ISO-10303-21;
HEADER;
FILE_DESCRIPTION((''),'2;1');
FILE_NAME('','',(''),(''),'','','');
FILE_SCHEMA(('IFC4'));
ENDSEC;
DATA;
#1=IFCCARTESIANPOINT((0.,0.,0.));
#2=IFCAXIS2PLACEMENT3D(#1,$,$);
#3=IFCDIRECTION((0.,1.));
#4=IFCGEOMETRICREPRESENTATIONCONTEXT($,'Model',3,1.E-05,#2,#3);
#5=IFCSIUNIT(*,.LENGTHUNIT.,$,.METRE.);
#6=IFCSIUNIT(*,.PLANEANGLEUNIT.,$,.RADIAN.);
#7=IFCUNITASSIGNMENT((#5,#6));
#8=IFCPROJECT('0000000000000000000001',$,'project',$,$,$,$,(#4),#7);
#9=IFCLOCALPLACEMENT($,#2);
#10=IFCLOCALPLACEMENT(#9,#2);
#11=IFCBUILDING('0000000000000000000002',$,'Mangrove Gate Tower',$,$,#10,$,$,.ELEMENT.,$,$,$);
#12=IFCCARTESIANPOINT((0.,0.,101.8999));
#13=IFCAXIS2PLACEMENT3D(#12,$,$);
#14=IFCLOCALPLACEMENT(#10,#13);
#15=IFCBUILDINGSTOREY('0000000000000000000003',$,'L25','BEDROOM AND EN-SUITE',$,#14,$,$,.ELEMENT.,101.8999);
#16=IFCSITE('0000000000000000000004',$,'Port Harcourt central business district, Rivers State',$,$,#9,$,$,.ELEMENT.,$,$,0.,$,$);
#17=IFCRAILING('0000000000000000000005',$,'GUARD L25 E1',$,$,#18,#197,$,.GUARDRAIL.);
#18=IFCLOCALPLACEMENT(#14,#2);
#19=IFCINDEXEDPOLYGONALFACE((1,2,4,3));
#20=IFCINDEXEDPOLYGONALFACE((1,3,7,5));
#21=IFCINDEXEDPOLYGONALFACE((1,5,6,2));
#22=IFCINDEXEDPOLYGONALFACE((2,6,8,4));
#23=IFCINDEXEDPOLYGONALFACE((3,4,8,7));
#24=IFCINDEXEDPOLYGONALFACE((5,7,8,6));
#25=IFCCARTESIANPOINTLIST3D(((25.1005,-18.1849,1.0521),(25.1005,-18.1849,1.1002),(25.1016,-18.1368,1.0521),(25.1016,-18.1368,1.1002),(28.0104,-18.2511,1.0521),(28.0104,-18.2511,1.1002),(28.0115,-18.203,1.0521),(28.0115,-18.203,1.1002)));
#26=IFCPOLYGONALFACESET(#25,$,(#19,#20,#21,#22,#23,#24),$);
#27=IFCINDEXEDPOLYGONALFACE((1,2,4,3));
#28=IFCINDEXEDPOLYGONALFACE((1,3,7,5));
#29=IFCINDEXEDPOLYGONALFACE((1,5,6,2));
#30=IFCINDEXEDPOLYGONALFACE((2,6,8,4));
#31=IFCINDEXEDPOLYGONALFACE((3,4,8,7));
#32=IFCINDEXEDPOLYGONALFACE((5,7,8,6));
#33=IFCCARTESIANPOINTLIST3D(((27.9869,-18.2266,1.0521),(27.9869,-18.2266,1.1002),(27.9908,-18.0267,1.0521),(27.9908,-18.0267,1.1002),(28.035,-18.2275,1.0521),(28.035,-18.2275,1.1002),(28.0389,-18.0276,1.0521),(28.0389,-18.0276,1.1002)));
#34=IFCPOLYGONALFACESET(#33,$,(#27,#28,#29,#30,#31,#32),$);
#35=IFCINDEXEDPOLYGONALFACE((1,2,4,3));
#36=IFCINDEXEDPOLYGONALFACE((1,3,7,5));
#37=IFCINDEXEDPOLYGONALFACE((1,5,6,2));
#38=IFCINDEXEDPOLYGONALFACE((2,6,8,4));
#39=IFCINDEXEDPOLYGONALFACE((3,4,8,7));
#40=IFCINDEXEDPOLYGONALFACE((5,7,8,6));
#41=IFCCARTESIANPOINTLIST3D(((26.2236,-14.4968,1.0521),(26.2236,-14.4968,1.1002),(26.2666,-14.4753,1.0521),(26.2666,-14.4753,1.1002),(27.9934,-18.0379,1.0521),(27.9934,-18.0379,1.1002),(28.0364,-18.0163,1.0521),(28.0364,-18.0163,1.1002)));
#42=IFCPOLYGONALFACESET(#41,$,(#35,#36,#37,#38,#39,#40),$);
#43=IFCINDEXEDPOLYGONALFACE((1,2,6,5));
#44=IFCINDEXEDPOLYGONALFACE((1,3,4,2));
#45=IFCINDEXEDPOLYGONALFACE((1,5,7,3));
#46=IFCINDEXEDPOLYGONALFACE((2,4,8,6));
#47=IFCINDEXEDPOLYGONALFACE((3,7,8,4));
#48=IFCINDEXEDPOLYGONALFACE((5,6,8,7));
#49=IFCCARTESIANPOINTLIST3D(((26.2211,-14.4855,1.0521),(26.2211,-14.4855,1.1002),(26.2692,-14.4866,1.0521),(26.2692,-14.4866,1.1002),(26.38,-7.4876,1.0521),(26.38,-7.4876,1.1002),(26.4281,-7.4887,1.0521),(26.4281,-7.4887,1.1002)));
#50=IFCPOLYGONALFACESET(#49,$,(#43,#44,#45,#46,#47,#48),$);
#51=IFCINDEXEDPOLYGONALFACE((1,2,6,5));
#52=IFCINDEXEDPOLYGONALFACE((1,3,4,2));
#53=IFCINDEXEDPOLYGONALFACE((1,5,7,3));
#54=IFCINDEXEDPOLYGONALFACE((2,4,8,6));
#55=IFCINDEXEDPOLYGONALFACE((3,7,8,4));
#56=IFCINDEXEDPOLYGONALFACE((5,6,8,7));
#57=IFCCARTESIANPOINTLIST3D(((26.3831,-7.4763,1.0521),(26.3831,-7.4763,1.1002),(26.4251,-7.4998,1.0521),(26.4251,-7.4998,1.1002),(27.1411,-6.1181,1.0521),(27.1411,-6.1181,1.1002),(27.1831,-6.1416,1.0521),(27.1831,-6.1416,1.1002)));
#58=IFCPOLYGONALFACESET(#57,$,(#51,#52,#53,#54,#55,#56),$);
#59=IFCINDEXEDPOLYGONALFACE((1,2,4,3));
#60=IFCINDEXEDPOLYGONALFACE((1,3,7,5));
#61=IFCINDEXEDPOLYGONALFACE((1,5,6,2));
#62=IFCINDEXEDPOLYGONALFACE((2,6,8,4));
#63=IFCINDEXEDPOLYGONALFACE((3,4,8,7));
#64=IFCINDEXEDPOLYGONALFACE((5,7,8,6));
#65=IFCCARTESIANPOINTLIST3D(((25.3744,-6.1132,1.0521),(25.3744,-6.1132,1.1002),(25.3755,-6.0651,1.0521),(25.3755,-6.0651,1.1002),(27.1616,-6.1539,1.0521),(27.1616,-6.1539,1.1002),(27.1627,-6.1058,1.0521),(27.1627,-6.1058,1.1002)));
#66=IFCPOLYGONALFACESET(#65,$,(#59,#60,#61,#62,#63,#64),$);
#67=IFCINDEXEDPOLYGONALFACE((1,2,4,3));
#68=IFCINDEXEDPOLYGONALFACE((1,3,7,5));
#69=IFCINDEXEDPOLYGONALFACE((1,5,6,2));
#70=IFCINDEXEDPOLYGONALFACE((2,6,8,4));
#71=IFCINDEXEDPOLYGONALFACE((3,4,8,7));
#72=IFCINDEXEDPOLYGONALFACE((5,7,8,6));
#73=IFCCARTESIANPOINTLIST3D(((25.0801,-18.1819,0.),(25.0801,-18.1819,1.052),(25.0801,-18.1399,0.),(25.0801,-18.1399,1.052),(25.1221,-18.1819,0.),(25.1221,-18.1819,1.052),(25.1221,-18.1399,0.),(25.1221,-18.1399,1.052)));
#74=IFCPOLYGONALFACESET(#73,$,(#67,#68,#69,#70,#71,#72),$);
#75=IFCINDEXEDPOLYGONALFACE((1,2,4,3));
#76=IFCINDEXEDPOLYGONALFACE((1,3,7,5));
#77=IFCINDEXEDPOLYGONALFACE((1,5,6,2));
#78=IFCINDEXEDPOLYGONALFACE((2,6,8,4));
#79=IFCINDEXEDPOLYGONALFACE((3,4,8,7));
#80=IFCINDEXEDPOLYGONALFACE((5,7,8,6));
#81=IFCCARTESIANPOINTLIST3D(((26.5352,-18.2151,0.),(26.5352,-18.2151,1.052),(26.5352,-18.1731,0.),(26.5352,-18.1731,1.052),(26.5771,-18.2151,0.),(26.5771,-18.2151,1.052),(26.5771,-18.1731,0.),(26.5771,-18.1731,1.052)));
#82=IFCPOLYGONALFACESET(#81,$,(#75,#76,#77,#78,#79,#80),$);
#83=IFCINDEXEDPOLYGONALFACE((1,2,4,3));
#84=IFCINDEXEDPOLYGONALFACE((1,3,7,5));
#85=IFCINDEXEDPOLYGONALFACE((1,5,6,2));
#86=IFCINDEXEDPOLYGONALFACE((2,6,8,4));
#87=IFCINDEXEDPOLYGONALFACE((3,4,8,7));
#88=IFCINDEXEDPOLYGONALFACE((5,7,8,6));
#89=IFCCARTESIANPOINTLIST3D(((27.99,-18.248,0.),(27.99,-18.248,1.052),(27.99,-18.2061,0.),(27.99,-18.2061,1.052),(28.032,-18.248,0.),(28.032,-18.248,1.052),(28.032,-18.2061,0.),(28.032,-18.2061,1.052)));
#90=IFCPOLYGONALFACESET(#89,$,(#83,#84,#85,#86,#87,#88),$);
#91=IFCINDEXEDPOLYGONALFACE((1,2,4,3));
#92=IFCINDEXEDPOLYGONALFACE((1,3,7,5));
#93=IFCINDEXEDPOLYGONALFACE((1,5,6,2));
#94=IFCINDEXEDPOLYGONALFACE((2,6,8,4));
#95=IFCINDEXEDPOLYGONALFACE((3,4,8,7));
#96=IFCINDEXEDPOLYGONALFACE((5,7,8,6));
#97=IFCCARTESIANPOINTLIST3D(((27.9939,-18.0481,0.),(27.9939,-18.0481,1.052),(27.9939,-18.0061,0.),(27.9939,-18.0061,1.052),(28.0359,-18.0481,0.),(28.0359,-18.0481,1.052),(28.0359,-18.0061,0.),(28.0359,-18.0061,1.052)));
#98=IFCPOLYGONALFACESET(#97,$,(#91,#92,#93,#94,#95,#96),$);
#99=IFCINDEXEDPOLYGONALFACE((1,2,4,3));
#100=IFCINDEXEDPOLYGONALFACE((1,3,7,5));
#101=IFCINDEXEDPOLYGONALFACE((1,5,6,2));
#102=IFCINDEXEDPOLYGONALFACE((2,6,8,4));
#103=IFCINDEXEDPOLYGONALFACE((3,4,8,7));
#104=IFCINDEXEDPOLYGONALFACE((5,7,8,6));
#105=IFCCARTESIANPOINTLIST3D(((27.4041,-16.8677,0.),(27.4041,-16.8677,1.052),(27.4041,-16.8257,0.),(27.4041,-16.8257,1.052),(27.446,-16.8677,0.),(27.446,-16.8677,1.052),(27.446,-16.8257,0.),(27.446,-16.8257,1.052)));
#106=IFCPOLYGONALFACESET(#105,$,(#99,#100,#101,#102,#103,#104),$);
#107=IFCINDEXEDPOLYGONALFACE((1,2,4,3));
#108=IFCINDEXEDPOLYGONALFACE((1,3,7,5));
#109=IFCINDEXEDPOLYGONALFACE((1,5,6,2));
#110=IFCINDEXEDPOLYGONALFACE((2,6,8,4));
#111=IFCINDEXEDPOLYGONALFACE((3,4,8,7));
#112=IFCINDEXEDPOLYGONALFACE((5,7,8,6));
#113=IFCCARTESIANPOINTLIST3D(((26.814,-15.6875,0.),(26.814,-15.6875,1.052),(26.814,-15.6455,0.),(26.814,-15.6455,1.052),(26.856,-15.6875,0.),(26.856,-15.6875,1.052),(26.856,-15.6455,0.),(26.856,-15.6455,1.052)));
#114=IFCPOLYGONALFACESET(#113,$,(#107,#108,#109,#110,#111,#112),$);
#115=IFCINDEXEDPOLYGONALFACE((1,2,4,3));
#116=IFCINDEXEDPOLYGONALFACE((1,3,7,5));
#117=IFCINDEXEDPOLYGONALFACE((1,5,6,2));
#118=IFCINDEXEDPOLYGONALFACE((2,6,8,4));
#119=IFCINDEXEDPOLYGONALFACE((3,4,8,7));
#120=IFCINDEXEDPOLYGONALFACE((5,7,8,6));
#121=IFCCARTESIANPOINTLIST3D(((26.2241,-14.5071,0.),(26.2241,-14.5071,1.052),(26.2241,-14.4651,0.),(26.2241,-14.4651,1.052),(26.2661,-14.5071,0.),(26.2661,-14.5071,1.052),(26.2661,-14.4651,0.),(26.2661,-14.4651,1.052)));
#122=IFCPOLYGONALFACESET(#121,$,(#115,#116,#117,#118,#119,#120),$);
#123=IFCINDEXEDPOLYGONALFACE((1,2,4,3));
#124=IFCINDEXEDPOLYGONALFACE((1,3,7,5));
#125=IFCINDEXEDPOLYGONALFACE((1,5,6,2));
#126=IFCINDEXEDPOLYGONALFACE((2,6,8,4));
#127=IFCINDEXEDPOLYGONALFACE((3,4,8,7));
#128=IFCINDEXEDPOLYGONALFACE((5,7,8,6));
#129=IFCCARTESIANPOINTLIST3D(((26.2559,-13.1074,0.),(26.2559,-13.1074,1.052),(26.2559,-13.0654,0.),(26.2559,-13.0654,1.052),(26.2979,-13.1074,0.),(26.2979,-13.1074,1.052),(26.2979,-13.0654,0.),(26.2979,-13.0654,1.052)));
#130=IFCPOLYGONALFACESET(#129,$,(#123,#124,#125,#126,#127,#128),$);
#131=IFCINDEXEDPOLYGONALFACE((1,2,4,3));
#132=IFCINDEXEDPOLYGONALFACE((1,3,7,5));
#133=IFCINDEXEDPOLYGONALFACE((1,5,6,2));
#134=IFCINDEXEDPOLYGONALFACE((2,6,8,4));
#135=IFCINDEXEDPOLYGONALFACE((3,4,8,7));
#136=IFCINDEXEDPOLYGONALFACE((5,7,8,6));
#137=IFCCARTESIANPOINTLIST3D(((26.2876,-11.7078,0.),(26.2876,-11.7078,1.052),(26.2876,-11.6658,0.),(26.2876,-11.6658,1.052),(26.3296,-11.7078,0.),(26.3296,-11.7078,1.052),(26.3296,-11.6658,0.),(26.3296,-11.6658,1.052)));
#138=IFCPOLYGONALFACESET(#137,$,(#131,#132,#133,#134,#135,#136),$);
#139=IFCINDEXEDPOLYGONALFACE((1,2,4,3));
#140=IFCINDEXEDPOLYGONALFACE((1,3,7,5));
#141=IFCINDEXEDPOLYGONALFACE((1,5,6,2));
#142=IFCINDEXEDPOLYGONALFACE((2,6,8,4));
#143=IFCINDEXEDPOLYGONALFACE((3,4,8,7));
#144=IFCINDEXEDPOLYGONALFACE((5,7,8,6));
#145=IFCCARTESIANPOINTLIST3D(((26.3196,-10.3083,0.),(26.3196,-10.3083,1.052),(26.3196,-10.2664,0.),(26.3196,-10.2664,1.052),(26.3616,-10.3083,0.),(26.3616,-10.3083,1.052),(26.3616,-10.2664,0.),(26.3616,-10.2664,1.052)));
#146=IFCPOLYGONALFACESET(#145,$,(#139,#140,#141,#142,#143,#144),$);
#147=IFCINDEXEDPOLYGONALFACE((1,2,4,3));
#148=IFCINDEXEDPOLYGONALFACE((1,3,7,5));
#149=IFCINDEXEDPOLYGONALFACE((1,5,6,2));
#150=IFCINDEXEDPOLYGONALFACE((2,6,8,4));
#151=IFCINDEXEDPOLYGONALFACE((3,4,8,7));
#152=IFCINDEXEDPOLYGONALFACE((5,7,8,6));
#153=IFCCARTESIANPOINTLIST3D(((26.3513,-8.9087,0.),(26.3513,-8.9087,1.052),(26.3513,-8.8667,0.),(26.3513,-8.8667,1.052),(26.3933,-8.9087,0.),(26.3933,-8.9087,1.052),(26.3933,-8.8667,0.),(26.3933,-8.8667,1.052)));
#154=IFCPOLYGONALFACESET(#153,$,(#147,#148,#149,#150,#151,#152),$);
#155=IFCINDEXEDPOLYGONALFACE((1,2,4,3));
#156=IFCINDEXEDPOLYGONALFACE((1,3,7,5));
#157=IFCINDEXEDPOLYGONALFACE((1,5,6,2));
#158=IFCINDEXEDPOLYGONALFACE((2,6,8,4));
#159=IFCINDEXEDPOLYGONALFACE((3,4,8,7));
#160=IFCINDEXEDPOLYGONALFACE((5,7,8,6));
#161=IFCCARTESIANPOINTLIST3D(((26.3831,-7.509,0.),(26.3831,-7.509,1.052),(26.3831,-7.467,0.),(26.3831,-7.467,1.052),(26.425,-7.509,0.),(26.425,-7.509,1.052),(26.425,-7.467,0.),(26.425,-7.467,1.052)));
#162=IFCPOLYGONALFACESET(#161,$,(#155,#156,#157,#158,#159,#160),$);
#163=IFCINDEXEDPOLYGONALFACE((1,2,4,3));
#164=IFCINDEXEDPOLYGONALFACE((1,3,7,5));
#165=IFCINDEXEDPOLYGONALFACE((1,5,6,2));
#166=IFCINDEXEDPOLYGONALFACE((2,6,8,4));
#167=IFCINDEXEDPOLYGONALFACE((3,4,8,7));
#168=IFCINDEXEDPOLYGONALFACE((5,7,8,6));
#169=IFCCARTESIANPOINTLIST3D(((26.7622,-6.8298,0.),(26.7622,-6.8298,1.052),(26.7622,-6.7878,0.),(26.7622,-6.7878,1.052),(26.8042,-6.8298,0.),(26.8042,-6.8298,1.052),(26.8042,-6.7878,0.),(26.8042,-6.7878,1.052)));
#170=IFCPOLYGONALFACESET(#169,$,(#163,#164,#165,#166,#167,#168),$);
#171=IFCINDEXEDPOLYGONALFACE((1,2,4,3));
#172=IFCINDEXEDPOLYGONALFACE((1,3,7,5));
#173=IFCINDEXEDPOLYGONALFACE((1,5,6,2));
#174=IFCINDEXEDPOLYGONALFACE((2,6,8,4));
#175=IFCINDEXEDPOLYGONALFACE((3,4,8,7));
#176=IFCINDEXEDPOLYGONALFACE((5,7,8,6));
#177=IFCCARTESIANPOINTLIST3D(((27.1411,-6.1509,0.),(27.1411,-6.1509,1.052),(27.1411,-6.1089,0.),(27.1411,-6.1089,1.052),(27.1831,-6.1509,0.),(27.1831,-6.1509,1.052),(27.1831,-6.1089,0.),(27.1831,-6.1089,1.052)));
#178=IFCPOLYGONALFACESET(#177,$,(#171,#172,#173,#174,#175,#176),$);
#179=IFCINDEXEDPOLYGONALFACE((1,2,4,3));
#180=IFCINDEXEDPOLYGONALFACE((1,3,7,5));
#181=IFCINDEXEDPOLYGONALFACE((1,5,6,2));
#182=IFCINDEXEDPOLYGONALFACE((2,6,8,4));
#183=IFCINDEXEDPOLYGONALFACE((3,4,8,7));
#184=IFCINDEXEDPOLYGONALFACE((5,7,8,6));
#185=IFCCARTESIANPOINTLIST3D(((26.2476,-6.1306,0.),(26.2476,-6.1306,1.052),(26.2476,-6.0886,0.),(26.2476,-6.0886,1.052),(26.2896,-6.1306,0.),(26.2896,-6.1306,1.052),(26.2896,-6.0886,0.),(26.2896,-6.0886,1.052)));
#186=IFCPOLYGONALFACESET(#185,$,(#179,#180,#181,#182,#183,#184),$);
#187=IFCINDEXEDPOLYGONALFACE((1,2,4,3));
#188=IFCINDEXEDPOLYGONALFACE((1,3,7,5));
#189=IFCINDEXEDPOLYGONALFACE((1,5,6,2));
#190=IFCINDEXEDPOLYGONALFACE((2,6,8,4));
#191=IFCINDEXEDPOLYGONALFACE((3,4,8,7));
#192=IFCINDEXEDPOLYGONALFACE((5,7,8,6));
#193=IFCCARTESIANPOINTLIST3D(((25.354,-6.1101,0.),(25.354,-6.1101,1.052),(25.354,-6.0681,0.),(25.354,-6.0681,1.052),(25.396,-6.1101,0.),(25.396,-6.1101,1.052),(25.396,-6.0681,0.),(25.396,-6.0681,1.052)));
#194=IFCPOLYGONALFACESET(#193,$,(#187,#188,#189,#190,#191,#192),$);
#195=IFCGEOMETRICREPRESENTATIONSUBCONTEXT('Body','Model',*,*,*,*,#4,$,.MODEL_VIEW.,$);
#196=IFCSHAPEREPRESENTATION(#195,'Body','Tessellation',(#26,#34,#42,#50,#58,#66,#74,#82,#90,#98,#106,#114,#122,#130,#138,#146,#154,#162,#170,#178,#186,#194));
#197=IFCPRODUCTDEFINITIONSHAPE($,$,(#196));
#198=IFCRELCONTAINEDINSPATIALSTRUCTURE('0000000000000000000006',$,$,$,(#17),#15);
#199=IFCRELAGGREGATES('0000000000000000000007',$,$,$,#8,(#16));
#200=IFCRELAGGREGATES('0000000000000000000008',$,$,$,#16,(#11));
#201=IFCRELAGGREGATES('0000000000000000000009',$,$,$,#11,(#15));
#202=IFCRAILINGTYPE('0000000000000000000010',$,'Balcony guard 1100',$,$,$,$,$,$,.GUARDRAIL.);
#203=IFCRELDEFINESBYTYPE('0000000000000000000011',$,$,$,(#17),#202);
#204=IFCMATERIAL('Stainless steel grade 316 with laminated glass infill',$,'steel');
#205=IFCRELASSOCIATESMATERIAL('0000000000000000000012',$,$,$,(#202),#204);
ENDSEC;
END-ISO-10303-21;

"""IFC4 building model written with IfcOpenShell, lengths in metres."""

from ifc_helpers import new_model, si_unit, direction, frame, origin, origin_2d, place, context, subcontext, project, spatial, rectangle, extrude, material, type_object, element, save


model = new_model("IFC4")

# Units and contexts
model_context = context("Model", 3, precision=1e-05, world=origin(), true_north=direction((0.0, 1.0)))
body_context = subcontext(model_context, "Body", "Model", "MODEL_VIEW")
ifc_project = project(units=[si_unit("LENGTHUNIT", "METRE"), si_unit("PLANEANGLEUNIT", "RADIAN")], contexts=[model_context])

# Site, building, storey
site_placement = place(None, origin())
site = spatial("IfcSite", under=ifc_project, at=site_placement, Name="Port Harcourt central business district, Rivers State", CompositionType="ELEMENT", RefElevation=0.0)
building_placement = place(site_placement, origin())
building = spatial("IfcBuilding", under=site, at=building_placement, Name="Mangrove Gate Tower", CompositionType="ELEMENT")
storey_placement = place(building_placement, frame((0.0, 0.0, 101.8999)))
storey = spatial("IfcBuildingStorey", under=building, at=storey_placement, Name="L25", Description="BEDROOM AND EN-SUITE", CompositionType="ELEMENT", Elevation=101.8999)

# Railing
ifc_material_1 = material(Name="Stainless steel grade 316 with laminated glass infill", Category="steel")
railing_type = type_object("IfcRailingType", Name="Balcony guard 1100", PredefinedType="GUARDRAIL", material=ifc_material_1)
railing_placement = place(storey_placement, frame((25.1011, -18.1609, 0.0)))
element("IfcRailing", 1, at=railing_placement, inside=storey, type_object=railing_type, Name="GUARD L25 E1", PredefinedType="GUARDRAIL", context=body_context, shape_type="SweptSolid", body=[
    extrude(rectangle(XDim=0.0481, YDim=0.0481, at=origin_2d()), frame((0.0, 0.0, 1.0762), z_axis=(0.999742, -0.022731, 0.0), x_axis=(0.022731, 0.999742, 0.0)), (0.0, 0.0, 1.0), 2.9106),
    extrude(rectangle(XDim=0.0481, YDim=0.0481, at=origin_2d()), frame((2.9099, -0.0662, 1.0762), z_axis=(0.019532, 0.999809, 0.0), x_axis=(-0.999809, 0.019532, 0.0)), (0.0, 0.0, 1.0), 0.2),
    extrude(rectangle(XDim=0.0481, YDim=0.0481, at=origin_2d()), frame((2.9138, 0.1338, 1.0762), z_axis=(-0.447066, 0.894501, 0.0), x_axis=(-0.894501, -0.447066, 0.0)), (0.0, 0.0, 1.0), 3.9587),
    extrude(rectangle(XDim=0.0481, YDim=0.0481, at=origin_2d()), frame((1.144, 3.6748, 1.0762), z_axis=(0.022706, 0.999742, 0.0), x_axis=(-0.999742, 0.022706, 0.0)), (0.0, 0.0, 1.0), 6.9998),
    extrude(rectangle(XDim=0.0481, YDim=0.0481, at=origin_2d()), frame((1.303, 10.6729, 1.0762), z_axis=(0.487375, 0.873193, 0.0), x_axis=(-0.873193, 0.487375, 0.0)), (0.0, 0.0, 1.0), 1.5554),
    extrude(rectangle(XDim=0.0481, YDim=0.0481, at=origin_2d()), frame((2.061, 12.031, 1.0762), z_axis=(-0.99974, 0.022808, 0.0), x_axis=(-0.022808, -0.99974, 0.0)), (0.0, 0.0, 1.0), 1.7876),
    extrude(rectangle(XDim=0.042, YDim=0.042, at=origin_2d()), origin(), (0.0, 0.0, 1.0), 1.052),
    extrude(rectangle(XDim=0.042, YDim=0.042, at=origin_2d()), frame((1.4551, -0.0332, 0.0)), (0.0, 0.0, 1.0), 1.052),
    extrude(rectangle(XDim=0.042, YDim=0.042, at=origin_2d()), frame((2.9099, -0.0662, 0.0)), (0.0, 0.0, 1.0), 1.052),
    extrude(rectangle(XDim=0.042, YDim=0.042, at=origin_2d()), frame((2.9138, 0.1338, 0.0)), (0.0, 0.0, 1.0), 1.052),
    extrude(rectangle(XDim=0.042, YDim=0.042, at=origin_2d()), frame((2.324, 1.3142, 0.0)), (0.0, 0.0, 1.0), 1.052),
    extrude(rectangle(XDim=0.042, YDim=0.042, at=origin_2d()), frame((1.7339, 2.4944, 0.0)), (0.0, 0.0, 1.0), 1.052),
    extrude(rectangle(XDim=0.042, YDim=0.042, at=origin_2d()), frame((1.144, 3.6748, 0.0)), (0.0, 0.0, 1.0), 1.052),
    extrude(rectangle(XDim=0.042, YDim=0.042, at=origin_2d()), frame((1.1758, 5.0745, 0.0)), (0.0, 0.0, 1.0), 1.052),
    extrude(rectangle(XDim=0.042, YDim=0.042, at=origin_2d()), frame((1.2075, 6.4741, 0.0)), (0.0, 0.0, 1.0), 1.052),
    extrude(rectangle(XDim=0.042, YDim=0.042, at=origin_2d()), frame((1.2395, 7.8735, 0.0)), (0.0, 0.0, 1.0), 1.052),
    extrude(rectangle(XDim=0.042, YDim=0.042, at=origin_2d()), frame((1.2712, 9.2732, 0.0)), (0.0, 0.0, 1.0), 1.052),
    extrude(rectangle(XDim=0.042, YDim=0.042, at=origin_2d()), frame((1.303, 10.6729, 0.0)), (0.0, 0.0, 1.0), 1.052),
    extrude(rectangle(XDim=0.042, YDim=0.042, at=origin_2d()), frame((1.6821, 11.3521, 0.0)), (0.0, 0.0, 1.0), 1.052),
    extrude(rectangle(XDim=0.042, YDim=0.042, at=origin_2d()), frame((2.061, 12.031, 0.0)), (0.0, 0.0, 1.0), 1.052),
    extrude(rectangle(XDim=0.042, YDim=0.042, at=origin_2d()), frame((1.1675, 12.0513, 0.0)), (0.0, 0.0, 1.0), 1.052),
    extrude(rectangle(XDim=0.042, YDim=0.042, at=origin_2d()), frame((0.2739, 12.0718, 0.0)), (0.0, 0.0, 1.0), 1.052),
])

save(model, "model.ifc")
